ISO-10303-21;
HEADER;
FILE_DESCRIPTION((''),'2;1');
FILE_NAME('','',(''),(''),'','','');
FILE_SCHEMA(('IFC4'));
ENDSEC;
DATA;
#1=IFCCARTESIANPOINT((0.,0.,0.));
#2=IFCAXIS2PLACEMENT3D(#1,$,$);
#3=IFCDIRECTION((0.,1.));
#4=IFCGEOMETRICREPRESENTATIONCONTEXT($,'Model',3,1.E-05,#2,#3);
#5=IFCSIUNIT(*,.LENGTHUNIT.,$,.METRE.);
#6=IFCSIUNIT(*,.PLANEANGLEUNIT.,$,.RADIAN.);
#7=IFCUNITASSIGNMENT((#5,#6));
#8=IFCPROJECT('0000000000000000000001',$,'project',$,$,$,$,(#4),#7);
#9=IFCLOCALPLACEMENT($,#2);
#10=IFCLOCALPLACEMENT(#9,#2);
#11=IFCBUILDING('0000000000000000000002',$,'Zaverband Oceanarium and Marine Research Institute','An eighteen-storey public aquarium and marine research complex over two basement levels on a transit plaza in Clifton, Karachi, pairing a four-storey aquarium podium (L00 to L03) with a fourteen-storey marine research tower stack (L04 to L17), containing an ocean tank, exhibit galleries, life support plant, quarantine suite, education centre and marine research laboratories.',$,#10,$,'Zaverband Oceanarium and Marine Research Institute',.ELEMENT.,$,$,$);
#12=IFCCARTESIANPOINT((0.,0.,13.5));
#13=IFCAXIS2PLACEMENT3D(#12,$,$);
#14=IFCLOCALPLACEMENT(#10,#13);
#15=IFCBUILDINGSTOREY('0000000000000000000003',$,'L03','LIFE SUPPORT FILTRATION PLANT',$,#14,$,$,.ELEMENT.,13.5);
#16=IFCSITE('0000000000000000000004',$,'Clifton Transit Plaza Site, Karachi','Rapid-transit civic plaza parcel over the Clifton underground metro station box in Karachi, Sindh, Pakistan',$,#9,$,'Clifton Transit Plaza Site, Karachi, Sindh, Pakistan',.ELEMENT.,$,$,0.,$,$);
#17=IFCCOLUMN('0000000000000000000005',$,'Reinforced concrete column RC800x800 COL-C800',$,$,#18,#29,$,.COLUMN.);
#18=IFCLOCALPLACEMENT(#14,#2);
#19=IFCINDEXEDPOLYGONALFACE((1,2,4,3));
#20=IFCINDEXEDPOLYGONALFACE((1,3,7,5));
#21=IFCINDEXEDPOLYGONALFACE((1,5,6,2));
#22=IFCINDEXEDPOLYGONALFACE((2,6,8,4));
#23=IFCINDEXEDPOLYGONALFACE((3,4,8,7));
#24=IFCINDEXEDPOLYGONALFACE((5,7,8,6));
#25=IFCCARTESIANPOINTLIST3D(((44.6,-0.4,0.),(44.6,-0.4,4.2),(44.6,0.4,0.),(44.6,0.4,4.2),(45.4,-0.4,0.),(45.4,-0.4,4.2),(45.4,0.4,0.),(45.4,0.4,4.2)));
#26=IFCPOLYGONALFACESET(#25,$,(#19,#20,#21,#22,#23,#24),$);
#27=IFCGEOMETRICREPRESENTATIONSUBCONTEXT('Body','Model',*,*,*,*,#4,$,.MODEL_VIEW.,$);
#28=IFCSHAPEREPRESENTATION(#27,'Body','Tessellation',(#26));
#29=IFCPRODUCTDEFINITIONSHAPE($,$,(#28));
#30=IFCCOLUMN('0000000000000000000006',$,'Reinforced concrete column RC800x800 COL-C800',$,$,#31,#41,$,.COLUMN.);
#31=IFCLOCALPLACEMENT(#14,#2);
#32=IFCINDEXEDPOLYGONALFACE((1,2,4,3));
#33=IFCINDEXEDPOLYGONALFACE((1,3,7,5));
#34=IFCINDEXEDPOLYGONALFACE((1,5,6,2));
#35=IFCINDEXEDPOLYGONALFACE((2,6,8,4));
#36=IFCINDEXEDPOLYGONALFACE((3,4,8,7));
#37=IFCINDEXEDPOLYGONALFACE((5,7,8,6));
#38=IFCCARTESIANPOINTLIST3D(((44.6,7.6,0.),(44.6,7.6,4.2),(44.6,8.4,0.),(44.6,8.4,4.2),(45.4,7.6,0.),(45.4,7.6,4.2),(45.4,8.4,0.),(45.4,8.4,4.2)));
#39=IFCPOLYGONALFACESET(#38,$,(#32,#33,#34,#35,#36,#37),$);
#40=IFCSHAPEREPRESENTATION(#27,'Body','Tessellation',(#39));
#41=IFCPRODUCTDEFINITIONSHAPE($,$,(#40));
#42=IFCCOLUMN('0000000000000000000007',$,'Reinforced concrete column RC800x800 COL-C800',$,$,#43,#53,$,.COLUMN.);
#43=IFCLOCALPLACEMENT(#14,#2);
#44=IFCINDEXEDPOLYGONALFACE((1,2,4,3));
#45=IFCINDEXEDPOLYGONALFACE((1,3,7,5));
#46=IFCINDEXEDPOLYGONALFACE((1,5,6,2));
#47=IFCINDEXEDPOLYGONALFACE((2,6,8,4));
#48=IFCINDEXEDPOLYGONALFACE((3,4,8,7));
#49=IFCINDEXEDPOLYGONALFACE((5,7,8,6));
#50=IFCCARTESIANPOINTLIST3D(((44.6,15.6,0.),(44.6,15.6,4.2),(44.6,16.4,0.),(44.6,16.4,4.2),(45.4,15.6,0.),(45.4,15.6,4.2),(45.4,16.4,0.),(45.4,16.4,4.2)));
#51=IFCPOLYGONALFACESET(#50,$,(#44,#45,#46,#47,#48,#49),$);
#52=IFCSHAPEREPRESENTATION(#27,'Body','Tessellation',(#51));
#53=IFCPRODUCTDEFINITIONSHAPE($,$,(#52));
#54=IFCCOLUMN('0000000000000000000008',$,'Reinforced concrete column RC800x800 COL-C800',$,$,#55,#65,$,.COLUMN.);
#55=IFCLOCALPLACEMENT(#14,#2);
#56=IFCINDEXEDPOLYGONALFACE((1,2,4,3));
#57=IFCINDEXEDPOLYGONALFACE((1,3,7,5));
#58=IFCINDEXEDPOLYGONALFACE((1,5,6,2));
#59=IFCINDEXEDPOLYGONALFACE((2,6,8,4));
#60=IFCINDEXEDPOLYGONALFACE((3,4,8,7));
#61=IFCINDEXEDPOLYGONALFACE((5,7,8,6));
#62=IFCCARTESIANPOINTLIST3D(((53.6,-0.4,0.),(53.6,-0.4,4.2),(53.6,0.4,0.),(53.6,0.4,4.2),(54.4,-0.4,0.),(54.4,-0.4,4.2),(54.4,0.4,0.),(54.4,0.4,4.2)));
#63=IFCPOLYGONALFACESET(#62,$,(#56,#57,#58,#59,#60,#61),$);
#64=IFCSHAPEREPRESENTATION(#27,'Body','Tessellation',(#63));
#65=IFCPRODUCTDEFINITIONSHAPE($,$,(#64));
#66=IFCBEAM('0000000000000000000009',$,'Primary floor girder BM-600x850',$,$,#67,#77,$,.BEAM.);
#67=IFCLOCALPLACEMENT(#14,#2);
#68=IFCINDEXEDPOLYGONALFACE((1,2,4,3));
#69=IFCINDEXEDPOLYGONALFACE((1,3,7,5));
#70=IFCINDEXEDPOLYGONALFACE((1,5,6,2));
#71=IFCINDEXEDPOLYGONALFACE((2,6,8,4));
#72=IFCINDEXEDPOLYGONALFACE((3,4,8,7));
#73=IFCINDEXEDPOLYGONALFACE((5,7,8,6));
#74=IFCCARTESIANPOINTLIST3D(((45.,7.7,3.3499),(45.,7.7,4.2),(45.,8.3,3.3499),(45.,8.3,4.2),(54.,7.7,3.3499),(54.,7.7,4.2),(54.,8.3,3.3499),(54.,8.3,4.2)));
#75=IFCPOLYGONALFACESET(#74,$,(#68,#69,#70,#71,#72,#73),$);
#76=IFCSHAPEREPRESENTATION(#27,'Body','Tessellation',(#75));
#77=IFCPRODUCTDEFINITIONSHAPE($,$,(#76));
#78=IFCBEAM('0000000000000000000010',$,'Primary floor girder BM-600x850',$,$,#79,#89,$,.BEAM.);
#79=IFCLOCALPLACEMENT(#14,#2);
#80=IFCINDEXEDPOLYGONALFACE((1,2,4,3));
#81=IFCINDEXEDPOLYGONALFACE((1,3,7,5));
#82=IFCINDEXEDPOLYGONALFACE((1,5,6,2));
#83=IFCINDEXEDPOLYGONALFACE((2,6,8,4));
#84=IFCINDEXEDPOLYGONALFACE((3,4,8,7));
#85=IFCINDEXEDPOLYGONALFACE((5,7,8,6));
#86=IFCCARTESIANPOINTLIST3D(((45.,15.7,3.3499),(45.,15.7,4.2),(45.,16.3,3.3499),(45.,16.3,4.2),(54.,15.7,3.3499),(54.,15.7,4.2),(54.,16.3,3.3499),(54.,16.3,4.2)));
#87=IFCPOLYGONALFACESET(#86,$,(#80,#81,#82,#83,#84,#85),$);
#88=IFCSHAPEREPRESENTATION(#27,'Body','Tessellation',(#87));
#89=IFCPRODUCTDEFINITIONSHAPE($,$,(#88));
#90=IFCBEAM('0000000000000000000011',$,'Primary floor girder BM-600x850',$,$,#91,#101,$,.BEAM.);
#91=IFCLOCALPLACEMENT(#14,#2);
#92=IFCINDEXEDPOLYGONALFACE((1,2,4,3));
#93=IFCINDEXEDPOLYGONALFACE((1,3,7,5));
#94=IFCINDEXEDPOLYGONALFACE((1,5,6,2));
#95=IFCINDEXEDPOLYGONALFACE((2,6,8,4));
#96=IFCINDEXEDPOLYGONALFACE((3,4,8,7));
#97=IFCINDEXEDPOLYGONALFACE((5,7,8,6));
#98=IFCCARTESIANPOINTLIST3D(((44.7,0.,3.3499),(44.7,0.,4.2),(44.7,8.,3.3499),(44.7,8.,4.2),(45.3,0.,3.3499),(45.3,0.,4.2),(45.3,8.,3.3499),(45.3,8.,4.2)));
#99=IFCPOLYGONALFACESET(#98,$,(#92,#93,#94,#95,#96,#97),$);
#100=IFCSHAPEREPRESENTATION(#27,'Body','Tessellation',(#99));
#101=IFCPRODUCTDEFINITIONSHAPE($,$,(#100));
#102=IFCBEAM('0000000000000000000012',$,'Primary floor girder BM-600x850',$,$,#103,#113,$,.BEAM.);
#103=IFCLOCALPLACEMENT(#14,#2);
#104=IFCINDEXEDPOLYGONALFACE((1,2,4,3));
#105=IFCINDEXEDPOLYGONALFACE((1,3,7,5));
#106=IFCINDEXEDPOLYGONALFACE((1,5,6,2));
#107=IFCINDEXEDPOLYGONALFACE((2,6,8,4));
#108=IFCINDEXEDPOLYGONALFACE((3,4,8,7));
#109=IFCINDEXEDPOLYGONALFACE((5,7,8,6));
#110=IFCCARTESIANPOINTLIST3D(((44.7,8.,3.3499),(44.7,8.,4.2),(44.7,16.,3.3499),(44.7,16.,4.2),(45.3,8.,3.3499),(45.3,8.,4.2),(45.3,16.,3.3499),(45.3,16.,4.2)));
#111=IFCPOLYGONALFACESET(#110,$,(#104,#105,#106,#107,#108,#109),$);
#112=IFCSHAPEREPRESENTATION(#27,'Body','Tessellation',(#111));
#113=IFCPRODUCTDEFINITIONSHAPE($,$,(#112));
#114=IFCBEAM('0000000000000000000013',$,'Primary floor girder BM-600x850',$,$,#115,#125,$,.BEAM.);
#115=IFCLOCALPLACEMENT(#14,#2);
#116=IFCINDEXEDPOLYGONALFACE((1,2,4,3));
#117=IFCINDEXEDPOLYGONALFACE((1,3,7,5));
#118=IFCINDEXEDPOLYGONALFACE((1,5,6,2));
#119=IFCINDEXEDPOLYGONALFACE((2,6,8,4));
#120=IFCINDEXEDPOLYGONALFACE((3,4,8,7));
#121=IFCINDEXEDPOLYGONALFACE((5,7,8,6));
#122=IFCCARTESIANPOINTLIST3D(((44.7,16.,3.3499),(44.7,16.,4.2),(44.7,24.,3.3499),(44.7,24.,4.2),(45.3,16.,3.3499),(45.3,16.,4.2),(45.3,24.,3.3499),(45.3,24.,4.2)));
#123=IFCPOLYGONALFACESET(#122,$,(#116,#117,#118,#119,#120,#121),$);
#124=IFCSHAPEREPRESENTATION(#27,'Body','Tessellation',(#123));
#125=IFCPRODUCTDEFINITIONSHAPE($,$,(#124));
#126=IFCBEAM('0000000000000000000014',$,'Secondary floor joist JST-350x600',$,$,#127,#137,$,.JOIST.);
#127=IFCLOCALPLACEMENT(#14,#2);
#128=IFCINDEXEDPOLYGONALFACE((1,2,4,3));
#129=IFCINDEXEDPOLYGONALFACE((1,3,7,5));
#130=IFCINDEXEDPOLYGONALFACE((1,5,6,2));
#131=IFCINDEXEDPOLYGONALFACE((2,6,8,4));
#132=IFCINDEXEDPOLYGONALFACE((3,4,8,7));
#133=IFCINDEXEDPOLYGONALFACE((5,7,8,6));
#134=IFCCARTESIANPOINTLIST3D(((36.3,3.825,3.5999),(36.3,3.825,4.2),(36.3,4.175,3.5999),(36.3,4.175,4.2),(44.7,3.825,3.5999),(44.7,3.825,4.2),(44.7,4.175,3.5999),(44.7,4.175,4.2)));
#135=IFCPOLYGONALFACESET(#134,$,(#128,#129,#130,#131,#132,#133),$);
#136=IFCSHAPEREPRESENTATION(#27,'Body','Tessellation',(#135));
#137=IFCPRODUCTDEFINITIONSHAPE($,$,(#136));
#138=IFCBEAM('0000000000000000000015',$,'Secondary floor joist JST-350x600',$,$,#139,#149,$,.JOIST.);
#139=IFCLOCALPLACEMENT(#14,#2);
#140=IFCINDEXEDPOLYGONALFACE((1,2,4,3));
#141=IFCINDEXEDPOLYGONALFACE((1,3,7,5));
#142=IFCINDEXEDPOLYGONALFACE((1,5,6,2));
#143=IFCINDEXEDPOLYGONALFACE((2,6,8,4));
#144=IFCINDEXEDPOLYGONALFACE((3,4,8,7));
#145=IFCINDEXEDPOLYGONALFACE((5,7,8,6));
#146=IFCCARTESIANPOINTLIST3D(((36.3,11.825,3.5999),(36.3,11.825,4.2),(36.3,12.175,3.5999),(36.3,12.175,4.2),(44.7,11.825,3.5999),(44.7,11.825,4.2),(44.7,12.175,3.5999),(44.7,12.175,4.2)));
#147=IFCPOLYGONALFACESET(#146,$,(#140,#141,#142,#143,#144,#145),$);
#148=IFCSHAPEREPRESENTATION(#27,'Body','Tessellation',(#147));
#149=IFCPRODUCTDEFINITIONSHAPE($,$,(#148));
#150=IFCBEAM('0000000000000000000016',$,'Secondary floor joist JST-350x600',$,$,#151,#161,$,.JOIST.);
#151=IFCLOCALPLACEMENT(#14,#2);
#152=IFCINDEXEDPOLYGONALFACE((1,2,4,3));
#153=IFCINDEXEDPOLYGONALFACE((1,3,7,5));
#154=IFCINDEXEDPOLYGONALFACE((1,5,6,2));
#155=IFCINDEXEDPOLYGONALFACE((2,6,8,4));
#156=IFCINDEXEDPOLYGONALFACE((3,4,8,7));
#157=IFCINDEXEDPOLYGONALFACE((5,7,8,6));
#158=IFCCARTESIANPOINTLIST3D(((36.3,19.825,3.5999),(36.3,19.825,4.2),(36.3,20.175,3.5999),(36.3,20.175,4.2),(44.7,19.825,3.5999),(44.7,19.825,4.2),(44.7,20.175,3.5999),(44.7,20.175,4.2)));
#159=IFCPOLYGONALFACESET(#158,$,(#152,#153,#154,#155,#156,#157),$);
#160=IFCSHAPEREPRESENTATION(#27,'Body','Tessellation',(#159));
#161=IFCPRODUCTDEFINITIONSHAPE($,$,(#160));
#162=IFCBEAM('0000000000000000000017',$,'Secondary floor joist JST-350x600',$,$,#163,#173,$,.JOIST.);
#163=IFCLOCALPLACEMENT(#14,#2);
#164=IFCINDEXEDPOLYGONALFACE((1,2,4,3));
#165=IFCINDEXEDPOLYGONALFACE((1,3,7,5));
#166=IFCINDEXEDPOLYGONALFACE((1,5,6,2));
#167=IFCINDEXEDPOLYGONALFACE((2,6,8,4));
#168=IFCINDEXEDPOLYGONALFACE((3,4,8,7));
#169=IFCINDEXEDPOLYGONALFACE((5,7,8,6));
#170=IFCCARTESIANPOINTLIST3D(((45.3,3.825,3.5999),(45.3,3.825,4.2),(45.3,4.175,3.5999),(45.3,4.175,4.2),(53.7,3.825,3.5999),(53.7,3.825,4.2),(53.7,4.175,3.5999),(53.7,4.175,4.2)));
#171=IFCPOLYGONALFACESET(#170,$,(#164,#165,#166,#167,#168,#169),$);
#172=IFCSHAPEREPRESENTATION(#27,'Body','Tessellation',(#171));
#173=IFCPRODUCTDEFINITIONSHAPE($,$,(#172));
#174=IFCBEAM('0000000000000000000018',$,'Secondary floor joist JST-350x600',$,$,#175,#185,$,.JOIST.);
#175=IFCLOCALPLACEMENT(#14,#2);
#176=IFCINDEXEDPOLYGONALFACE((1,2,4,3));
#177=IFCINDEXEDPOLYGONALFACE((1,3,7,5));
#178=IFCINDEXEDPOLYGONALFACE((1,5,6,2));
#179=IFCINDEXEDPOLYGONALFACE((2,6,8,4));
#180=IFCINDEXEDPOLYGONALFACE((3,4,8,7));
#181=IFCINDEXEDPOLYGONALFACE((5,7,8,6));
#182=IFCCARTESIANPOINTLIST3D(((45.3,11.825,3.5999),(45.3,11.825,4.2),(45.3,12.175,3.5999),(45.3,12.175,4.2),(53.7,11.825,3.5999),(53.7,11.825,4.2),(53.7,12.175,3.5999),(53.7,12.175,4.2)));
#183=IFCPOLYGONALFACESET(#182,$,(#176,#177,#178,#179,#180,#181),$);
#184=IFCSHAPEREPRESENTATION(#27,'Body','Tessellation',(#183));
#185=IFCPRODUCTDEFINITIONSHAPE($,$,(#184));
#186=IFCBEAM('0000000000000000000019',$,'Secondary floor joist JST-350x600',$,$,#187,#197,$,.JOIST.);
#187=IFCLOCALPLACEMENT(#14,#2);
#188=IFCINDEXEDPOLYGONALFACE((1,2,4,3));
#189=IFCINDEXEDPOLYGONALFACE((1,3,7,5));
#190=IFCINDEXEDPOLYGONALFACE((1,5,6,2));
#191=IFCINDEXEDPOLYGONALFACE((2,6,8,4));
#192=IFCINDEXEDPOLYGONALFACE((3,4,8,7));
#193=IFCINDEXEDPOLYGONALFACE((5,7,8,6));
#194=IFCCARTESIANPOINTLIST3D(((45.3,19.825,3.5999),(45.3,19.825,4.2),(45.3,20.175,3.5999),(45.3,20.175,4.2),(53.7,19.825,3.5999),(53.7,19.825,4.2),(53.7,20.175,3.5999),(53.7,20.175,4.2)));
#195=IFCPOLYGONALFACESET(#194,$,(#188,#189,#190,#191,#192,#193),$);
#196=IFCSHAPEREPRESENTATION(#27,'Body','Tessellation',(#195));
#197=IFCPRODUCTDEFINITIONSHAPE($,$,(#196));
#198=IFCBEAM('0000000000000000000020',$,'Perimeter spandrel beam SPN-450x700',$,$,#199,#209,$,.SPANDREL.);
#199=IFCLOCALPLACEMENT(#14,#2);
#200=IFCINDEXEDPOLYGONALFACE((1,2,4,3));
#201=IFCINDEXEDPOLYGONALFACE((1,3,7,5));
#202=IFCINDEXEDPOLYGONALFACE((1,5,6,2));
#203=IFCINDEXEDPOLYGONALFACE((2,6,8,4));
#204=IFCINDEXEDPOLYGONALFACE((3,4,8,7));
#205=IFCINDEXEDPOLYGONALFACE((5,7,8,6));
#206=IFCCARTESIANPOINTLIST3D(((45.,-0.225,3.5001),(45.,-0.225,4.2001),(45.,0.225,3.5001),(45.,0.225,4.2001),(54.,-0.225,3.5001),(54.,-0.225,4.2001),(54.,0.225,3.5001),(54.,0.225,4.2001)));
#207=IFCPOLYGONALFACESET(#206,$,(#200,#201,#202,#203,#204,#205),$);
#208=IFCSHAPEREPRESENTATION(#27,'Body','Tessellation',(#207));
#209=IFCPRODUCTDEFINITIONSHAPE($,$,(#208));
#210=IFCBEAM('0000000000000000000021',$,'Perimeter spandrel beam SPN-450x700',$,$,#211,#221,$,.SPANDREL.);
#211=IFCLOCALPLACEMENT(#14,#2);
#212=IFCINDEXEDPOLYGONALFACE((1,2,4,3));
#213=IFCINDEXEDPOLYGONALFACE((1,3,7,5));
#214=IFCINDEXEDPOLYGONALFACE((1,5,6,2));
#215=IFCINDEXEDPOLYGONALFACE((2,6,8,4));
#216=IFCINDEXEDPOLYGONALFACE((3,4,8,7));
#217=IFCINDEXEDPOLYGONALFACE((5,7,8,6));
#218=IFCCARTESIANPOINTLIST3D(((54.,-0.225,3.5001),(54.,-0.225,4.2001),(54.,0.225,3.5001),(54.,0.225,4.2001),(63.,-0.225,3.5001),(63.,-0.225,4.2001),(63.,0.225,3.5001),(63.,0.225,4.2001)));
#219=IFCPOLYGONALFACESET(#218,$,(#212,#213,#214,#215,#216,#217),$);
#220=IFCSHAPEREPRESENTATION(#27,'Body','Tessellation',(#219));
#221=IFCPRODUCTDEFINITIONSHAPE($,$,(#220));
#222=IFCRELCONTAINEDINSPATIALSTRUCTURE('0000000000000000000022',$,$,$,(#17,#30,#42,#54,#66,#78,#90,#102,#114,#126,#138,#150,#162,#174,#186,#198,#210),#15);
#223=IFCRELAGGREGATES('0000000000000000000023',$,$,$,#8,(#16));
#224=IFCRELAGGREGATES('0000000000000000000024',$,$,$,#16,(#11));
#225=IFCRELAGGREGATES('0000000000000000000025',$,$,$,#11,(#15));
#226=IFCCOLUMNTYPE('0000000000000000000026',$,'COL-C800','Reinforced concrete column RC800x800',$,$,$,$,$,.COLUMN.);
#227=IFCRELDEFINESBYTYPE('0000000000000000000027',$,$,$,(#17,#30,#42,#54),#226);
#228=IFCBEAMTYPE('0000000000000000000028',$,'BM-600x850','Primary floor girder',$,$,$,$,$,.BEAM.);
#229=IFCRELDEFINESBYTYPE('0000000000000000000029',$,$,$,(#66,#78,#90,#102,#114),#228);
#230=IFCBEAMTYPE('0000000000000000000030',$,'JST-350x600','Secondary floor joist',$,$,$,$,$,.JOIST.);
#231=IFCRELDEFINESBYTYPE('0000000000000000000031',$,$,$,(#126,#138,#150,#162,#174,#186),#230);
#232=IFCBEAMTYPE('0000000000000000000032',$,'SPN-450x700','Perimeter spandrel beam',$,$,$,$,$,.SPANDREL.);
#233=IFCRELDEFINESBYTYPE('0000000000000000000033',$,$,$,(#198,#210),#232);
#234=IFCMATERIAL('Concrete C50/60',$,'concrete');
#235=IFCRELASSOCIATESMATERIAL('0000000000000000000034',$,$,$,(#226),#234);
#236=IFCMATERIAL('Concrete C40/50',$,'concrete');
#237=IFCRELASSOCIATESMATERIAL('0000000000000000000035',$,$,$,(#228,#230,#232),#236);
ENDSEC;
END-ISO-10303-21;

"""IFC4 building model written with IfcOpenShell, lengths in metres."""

from ifc_helpers import new_model, si_unit, direction, frame, origin, origin_2d, place, context, subcontext, project, spatial, rectangle, extrude, material, material_profile, profile_set, type_object, element, save


model = new_model("IFC4")

# Units and contexts
model_context = context("Model", 3, precision=1e-05, world=origin(), true_north=direction((0.0, 1.0)))
body_context = subcontext(model_context, "Body", "Model", "MODEL_VIEW")
ifc_project = project(units=[si_unit("LENGTHUNIT", "METRE"), si_unit("PLANEANGLEUNIT", "RADIAN")], contexts=[model_context])

# Site, building, storey
site_placement = place(None, origin())
site = spatial("IfcSite", under=ifc_project, at=site_placement, Name="Clifton Transit Plaza Site, Karachi", Description="Rapid-transit civic plaza parcel over the Clifton underground metro station box in Karachi, Sindh, Pakistan", LongName="Clifton Transit Plaza Site, Karachi, Sindh, Pakistan", CompositionType="ELEMENT", RefElevation=0.0)
building_placement = place(site_placement, origin())
building = spatial("IfcBuilding", under=site, at=building_placement, Name="Zaverband Oceanarium and Marine Research Institute", Description="An eighteen-storey public aquarium and marine research complex over two basement levels on a transit plaza in Clifton, Karachi, pairing a four-storey aquarium podium (L00 to L03) with a fourteen-storey marine research tower stack (L04 to L17), containing an ocean tank, exhibit galleries, life support plant, quarantine suite, education centre and marine research laboratories.", LongName="Zaverband Oceanarium and Marine Research Institute", CompositionType="ELEMENT")
storey_placement = place(building_placement, frame((0.0, 0.0, 13.5)))
storey = spatial("IfcBuildingStorey", under=building, at=storey_placement, Name="L03", Description="LIFE SUPPORT FILTRATION PLANT", CompositionType="ELEMENT", Elevation=13.5)

# Columns
ifc_material_1 = material(Name="Concrete C50/60", Category="concrete")
ifc_material_profile_1 = material_profile(ifc_material_1, rectangle(XDim=0.8, YDim=0.8, at=origin_2d()), Name="RC800x800")
ifc_profile_set_1 = profile_set([ifc_material_profile_1], Name="Concrete C50/60")
column_type = type_object("IfcColumnType", Name="COL-C800", Description="Reinforced concrete column RC800x800", PredefinedType="COLUMN", material=ifc_profile_set_1)
for number, where, z_axis, x_axis, name in (
    (1, (45.0, 0.0, 0.0), (0.0, 0.0, 1.0), (1.0, 0.0, 0.0), "Reinforced concrete column RC800x800 COL-C800"),
    (2, (45.0, 8.0, 0.0), (0.0, 0.0, 1.0), (1.0, 0.0, 0.0), "Reinforced concrete column RC800x800 COL-C800"),
    (3, (45.0, 16.0, 0.0), (0.0, 0.0, 1.0), (1.0, 0.0, 0.0), "Reinforced concrete column RC800x800 COL-C800"),
    (4, (54.0, 0.0, 0.0), (0.0, 0.0, 1.0), (1.0, 0.0, 0.0), "Reinforced concrete column RC800x800 COL-C800"),
):
    element("IfcColumn", number, at=place(storey_placement, frame(where, z_axis=z_axis, x_axis=x_axis)), inside=storey, type_object=column_type, Name=name, PredefinedType="COLUMN", context=body_context, shape_type="SweptSolid", body=[
        extrude(rectangle(XDim=0.8, YDim=0.8, at=origin_2d()), origin(), (0.0, 0.0, 1.0), 4.2),
    ])

# Beams
ifc_material_2 = material(Name="Concrete C40/50", Category="concrete")
ifc_material_profile_2 = material_profile(ifc_material_2, rectangle(XDim=0.6001, YDim=0.8501, at=origin_2d()), Name="RC600x850")
ifc_profile_set_2 = profile_set([ifc_material_profile_2], Name="Concrete C40/50")
beam_type_1 = type_object("IfcBeamType", Name="BM-600x850", Description="Primary floor girder", PredefinedType="BEAM", material=ifc_profile_set_2)
for number, where, z_axis, x_axis, name in (
    (5, (45.0, 8.0, 3.7749), (1.0, 0.0, 0.0), (0.0, 1.0, 0.0), "Primary floor girder BM-600x850"),
    (6, (45.0, 16.0, 3.7749), (1.0, 0.0, 0.0), (0.0, 1.0, 0.0), "Primary floor girder BM-600x850"),
):
    element("IfcBeam", number, at=place(storey_placement, frame(where, z_axis=z_axis, x_axis=x_axis)), inside=storey, type_object=beam_type_1, Name=name, PredefinedType="BEAM", context=body_context, shape_type="SweptSolid", body=[
        extrude(rectangle(XDim=0.6001, YDim=0.8501, at=origin_2d()), origin(), (0.0, 0.0, 1.0), 9.0),
    ])
for number, where, z_axis, x_axis, name in (
    (7, (45.0, 0.0, 3.7749), (0.0, 1.0, 0.0), (-1.0, 0.0, 0.0), "Primary floor girder BM-600x850"),
    (8, (45.0, 8.0, 3.7749), (0.0, 1.0, 0.0), (-1.0, 0.0, 0.0), "Primary floor girder BM-600x850"),
    (9, (45.0, 16.0, 3.7749), (0.0, 1.0, 0.0), (-1.0, 0.0, 0.0), "Primary floor girder BM-600x850"),
):
    element("IfcBeam", number, at=place(storey_placement, frame(where, z_axis=z_axis, x_axis=x_axis)), inside=storey, type_object=beam_type_1, Name=name, PredefinedType="BEAM", context=body_context, shape_type="SweptSolid", body=[
        extrude(rectangle(XDim=0.6001, YDim=0.8501, at=origin_2d()), origin(), (0.0, 0.0, 1.0), 8.0),
    ])
ifc_material_profile_3 = material_profile(ifc_material_2, rectangle(XDim=0.3501, YDim=0.6001, at=origin_2d()), Name="RC350x600")
ifc_profile_set_3 = profile_set([ifc_material_profile_3], Name="Concrete C40/50")
beam_type_2 = type_object("IfcBeamType", Name="JST-350x600", Description="Secondary floor joist", PredefinedType="JOIST", material=ifc_profile_set_3)
for number, where, z_axis, x_axis, name in (
    (10, (36.3, 4.0, 3.8999), (1.0, 0.0, 0.0), (0.0, 1.0, 0.0), "Secondary floor joist JST-350x600"),
    (11, (36.3, 12.0, 3.8999), (1.0, 0.0, 0.0), (0.0, 1.0, 0.0), "Secondary floor joist JST-350x600"),
    (12, (36.3, 20.0, 3.8999), (1.0, 0.0, 0.0), (0.0, 1.0, 0.0), "Secondary floor joist JST-350x600"),
    (13, (45.3, 4.0, 3.8999), (1.0, 0.0, 0.0), (0.0, 1.0, 0.0), "Secondary floor joist JST-350x600"),
    (14, (45.3, 12.0, 3.8999), (1.0, 0.0, 0.0), (0.0, 1.0, 0.0), "Secondary floor joist JST-350x600"),
    (15, (45.3, 20.0, 3.8999), (1.0, 0.0, 0.0), (0.0, 1.0, 0.0), "Secondary floor joist JST-350x600"),
):
    element("IfcBeam", number, at=place(storey_placement, frame(where, z_axis=z_axis, x_axis=x_axis)), inside=storey, type_object=beam_type_2, Name=name, PredefinedType="JOIST", context=body_context, shape_type="SweptSolid", body=[
        extrude(rectangle(XDim=0.3501, YDim=0.6001, at=origin_2d()), origin(), (0.0, 0.0, 1.0), 8.3999),
    ])
ifc_material_profile_4 = material_profile(ifc_material_2, rectangle(XDim=0.45, YDim=0.7, at=origin_2d()), Name="RC450x700")
ifc_profile_set_4 = profile_set([ifc_material_profile_4], Name="Concrete C40/50")
beam_type_3 = type_object("IfcBeamType", Name="SPN-450x700", Description="Perimeter spandrel beam", PredefinedType="SPANDREL", material=ifc_profile_set_4)
for number, where, z_axis, x_axis, name in (
    (16, (45.0, 0.0, 3.8501), (1.0, 0.0, 0.0), (0.0, 1.0, 0.0), "Perimeter spandrel beam SPN-450x700"),
    (17, (54.0, 0.0, 3.8501), (1.0, 0.0, 0.0), (0.0, 1.0, 0.0), "Perimeter spandrel beam SPN-450x700"),
):
    element("IfcBeam", number, at=place(storey_placement, frame(where, z_axis=z_axis, x_axis=x_axis)), inside=storey, type_object=beam_type_3, Name=name, PredefinedType="SPANDREL", context=body_context, shape_type="SweptSolid", body=[
        extrude(rectangle(XDim=0.45, YDim=0.7, at=origin_2d()), origin(), (0.0, 0.0, 1.0), 9.0),
    ])

save(model, "model.ifc")
